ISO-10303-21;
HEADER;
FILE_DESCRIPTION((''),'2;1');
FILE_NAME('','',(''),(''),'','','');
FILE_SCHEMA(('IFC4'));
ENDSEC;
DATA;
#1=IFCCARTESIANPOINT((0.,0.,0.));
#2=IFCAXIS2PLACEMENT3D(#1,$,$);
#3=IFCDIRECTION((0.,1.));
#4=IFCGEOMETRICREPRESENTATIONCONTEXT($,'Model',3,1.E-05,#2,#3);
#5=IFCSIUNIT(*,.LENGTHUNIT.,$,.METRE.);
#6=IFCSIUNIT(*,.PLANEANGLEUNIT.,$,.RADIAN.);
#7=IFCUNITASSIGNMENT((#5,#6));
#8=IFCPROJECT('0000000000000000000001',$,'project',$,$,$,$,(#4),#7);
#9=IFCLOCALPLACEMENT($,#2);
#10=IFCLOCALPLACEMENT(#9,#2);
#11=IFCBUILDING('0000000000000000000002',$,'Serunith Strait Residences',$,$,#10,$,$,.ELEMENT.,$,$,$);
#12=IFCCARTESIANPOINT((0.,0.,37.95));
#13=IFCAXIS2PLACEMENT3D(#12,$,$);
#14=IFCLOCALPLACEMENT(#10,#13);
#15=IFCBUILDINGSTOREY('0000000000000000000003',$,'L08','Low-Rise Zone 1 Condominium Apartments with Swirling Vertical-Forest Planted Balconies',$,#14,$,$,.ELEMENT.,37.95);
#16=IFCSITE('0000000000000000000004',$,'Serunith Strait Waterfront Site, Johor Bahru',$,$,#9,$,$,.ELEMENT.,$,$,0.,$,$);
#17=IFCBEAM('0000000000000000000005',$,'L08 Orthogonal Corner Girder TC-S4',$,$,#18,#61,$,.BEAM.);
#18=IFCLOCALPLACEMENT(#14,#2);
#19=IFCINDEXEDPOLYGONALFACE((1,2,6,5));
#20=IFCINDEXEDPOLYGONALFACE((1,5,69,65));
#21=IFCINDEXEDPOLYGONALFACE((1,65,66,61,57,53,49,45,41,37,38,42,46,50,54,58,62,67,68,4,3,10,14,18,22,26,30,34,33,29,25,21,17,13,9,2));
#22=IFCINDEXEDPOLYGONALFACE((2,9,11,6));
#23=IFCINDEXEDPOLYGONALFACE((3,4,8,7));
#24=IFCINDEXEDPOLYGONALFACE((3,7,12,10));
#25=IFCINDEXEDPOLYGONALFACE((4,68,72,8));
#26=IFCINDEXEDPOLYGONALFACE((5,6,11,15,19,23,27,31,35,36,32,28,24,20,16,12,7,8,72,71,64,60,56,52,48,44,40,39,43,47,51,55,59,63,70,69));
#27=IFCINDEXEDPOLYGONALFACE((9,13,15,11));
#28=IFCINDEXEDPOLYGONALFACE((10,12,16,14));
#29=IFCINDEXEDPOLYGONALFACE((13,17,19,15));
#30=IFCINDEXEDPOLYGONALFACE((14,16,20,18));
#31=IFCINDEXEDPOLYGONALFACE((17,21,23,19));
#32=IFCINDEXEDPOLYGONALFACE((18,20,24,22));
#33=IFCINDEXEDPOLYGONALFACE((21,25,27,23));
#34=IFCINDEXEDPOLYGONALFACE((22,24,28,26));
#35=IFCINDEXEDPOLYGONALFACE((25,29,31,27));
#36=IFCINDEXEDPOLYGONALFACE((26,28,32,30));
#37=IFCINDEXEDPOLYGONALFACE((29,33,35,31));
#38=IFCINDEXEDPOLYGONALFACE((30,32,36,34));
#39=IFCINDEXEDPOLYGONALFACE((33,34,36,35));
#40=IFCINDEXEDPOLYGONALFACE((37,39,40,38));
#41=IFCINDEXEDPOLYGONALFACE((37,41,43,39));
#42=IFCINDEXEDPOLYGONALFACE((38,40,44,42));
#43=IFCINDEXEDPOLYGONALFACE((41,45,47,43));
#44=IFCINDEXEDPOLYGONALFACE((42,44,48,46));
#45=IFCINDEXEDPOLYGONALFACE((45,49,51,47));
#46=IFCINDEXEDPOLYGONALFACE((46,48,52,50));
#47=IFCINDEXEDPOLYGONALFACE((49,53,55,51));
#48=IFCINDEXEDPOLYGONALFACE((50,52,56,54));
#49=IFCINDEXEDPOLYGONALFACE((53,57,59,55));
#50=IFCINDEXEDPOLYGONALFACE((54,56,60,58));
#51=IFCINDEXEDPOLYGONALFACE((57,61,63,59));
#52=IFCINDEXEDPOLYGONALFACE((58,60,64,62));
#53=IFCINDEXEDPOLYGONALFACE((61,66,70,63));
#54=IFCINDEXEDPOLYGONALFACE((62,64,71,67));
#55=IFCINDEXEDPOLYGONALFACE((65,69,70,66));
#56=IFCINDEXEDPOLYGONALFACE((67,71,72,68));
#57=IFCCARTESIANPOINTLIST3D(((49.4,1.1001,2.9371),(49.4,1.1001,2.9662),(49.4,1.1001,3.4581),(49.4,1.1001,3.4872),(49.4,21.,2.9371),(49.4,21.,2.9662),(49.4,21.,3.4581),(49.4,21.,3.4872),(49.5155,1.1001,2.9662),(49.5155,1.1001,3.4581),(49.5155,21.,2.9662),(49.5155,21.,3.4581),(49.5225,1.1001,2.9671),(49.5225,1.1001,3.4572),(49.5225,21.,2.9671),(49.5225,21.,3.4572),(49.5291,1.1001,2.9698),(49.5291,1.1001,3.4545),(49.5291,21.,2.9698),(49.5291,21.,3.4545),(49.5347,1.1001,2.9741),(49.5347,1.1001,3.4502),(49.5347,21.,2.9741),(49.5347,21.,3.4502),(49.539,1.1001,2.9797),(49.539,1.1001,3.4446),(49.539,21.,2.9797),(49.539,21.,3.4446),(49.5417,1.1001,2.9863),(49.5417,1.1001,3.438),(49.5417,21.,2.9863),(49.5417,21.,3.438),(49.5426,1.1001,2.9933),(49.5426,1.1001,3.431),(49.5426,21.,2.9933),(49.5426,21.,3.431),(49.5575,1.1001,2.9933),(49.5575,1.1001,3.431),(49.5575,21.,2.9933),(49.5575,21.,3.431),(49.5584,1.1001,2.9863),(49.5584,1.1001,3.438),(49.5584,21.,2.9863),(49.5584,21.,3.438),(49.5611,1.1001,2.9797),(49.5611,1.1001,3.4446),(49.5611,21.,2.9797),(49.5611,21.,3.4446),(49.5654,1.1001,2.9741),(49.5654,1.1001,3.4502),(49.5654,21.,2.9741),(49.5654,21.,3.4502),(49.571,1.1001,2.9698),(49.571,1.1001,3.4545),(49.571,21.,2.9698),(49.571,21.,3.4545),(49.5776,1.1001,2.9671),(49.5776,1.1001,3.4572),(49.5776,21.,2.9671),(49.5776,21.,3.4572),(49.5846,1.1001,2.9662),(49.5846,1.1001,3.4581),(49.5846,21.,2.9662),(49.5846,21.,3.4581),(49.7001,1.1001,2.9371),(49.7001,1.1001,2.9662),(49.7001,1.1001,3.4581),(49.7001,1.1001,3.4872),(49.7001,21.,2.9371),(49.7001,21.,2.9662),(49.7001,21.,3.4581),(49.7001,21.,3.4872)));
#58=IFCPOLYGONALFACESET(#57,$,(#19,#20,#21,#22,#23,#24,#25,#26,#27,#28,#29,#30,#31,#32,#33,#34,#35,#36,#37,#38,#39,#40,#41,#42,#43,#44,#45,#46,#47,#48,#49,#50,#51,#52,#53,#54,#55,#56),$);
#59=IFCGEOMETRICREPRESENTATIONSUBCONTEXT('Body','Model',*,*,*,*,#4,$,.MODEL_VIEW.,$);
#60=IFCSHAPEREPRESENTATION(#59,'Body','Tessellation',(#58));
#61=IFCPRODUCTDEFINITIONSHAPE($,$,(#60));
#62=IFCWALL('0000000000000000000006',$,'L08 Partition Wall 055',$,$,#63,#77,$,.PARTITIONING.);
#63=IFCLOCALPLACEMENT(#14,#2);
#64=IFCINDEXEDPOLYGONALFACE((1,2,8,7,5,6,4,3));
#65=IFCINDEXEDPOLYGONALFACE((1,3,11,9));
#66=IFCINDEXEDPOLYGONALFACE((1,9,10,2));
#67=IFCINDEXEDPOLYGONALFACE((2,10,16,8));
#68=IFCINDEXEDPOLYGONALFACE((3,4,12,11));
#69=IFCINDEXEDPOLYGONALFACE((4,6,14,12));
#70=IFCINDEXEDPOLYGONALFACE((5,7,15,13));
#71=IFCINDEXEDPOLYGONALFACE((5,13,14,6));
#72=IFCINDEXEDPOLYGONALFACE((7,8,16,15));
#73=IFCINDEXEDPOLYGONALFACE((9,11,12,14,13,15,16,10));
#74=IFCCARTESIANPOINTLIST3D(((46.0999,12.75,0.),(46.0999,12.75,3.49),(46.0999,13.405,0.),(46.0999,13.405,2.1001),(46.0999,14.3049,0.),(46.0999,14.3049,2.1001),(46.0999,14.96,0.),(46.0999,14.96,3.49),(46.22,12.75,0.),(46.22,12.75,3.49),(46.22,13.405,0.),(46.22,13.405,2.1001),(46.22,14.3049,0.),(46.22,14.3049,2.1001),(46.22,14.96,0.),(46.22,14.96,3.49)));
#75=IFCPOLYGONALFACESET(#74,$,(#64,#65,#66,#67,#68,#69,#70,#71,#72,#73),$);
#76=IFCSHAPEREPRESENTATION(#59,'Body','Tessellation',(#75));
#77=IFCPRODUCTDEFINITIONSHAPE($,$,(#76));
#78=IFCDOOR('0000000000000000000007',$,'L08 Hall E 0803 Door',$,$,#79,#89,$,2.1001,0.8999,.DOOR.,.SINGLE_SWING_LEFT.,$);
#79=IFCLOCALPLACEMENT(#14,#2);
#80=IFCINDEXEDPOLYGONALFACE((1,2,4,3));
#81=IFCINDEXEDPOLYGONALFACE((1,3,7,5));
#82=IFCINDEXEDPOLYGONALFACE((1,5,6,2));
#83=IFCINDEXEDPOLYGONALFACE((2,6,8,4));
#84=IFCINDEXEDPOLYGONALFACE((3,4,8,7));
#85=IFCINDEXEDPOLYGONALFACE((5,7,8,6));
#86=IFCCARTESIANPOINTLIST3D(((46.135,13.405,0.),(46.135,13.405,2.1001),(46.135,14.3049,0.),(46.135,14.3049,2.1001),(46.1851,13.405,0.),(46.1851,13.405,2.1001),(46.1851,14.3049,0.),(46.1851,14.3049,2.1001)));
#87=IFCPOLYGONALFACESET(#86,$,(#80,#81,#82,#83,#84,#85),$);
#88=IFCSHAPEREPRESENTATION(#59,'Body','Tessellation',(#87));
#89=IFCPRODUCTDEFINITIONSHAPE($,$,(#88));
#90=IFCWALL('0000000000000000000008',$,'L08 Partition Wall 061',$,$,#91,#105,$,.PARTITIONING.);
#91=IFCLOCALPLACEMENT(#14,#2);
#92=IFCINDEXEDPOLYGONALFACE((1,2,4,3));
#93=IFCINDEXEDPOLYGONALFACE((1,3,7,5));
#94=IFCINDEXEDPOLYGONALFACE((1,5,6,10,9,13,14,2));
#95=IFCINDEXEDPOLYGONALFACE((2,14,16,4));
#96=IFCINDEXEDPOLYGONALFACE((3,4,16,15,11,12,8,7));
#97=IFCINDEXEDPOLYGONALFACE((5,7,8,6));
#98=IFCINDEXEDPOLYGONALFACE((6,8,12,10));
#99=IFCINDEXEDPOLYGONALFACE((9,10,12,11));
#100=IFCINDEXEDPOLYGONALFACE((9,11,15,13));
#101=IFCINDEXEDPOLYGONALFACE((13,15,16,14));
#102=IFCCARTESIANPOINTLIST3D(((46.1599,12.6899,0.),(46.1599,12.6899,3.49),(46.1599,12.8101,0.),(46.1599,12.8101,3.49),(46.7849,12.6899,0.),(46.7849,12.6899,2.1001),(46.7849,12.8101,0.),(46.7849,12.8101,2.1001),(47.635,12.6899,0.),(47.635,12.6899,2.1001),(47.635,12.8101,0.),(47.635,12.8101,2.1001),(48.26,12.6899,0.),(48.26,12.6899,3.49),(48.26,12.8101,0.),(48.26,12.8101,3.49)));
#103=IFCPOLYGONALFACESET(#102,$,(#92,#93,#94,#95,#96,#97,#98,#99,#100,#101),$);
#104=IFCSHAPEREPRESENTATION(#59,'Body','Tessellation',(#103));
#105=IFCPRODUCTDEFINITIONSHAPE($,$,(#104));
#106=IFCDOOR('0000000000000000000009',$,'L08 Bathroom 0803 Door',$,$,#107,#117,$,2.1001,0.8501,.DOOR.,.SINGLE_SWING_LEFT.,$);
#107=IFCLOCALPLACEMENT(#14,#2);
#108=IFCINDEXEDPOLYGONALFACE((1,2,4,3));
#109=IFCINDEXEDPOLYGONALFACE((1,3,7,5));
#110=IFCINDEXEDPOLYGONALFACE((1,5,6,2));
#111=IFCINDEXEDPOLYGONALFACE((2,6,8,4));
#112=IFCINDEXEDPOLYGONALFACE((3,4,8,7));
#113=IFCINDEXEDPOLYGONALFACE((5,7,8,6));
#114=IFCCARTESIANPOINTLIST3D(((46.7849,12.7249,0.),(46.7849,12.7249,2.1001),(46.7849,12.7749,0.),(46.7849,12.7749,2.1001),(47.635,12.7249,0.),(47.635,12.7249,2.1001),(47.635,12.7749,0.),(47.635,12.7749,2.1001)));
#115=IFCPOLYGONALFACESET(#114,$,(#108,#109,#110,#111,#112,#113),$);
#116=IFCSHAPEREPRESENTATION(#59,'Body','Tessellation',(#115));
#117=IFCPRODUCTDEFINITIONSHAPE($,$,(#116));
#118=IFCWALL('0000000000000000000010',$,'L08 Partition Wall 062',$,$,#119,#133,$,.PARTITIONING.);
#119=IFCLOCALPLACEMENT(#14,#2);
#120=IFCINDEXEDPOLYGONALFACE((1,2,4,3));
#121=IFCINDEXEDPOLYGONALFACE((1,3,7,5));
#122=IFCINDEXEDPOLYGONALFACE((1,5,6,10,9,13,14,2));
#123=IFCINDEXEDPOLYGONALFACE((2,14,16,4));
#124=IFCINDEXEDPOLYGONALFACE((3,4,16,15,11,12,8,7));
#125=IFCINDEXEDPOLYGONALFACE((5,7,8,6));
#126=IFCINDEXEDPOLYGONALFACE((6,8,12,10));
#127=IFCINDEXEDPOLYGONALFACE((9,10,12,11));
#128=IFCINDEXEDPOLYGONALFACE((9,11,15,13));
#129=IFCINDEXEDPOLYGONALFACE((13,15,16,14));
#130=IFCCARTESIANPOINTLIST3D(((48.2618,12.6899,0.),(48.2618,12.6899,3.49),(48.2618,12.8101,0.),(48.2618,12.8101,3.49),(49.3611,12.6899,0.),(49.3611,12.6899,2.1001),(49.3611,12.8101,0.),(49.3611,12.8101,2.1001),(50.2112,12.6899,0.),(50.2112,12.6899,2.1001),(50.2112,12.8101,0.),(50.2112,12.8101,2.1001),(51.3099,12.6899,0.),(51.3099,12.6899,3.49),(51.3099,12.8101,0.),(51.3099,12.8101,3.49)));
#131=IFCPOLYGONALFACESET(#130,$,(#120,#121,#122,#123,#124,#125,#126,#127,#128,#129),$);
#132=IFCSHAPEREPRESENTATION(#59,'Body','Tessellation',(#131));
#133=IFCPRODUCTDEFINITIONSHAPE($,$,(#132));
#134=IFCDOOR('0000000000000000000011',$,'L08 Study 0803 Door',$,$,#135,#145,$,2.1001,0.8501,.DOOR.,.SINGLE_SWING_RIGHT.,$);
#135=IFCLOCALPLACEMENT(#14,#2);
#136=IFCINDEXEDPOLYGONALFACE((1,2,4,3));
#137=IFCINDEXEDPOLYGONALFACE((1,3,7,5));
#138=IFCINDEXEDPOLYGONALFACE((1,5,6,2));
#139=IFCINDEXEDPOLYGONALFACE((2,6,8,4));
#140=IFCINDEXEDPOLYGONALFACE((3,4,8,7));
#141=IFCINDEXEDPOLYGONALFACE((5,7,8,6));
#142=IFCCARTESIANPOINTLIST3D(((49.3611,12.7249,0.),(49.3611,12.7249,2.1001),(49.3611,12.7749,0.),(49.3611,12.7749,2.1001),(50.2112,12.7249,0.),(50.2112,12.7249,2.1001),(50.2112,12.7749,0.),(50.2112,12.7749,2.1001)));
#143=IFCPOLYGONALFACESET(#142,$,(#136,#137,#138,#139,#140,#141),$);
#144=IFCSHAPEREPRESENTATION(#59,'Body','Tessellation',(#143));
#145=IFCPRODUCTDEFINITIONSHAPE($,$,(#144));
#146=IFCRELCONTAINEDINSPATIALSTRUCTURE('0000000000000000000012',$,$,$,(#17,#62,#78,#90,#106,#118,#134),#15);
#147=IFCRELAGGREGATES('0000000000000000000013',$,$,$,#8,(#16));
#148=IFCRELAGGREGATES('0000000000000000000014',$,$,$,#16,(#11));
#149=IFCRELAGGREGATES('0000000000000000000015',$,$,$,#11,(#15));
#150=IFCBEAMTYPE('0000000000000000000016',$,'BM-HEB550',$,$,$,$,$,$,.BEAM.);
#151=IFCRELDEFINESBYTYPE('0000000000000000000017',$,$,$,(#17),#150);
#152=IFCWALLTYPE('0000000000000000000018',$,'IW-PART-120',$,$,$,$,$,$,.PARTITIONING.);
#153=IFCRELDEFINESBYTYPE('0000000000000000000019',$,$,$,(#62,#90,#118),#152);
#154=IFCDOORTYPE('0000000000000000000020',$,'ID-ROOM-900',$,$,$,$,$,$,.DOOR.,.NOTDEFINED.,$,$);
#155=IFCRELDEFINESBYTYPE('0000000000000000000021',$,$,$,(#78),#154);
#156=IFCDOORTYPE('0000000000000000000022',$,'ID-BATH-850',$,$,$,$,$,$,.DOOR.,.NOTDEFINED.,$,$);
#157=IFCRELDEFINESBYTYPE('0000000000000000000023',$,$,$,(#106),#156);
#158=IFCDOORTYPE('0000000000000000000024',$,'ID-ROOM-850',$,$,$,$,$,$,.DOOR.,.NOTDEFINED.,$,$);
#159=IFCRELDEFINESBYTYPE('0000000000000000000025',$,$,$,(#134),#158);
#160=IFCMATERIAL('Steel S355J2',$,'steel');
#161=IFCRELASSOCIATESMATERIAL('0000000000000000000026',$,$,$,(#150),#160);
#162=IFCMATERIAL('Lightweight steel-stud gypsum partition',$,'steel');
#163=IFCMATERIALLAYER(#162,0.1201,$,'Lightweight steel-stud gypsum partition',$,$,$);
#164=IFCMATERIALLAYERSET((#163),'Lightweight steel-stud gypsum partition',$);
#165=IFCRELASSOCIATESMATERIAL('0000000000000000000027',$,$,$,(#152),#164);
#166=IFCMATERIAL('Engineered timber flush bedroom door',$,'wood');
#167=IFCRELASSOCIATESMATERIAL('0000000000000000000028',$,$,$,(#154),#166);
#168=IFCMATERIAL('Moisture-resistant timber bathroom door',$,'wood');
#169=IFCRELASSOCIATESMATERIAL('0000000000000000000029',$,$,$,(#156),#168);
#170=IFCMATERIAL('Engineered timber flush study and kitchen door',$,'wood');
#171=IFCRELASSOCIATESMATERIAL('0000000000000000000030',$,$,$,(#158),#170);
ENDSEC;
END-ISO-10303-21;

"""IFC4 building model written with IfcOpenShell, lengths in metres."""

from ifc_helpers import new_model, si_unit, direction, frame, frame_2d, origin, origin_2d, place, context, subcontext, project, spatial, rectangle, i_section, extrude, source, transform, mapped, material, layer, layer_set, material_profile, profile_set, type_object, element, fill, save


model = new_model("IFC4")

# Units and contexts
model_context = context("Model", 3, precision=1e-05, world=origin(), true_north=direction((0.0, 1.0)))
body_context = subcontext(model_context, "Body", "Model", "MODEL_VIEW")
ifc_project = project(units=[si_unit("LENGTHUNIT", "METRE"), si_unit("PLANEANGLEUNIT", "RADIAN")], contexts=[model_context])

# Site, building, storey
site_placement = place(None, origin())
site = spatial("IfcSite", under=ifc_project, at=site_placement, Name="Serunith Strait Waterfront Site, Johor Bahru", CompositionType="ELEMENT", RefElevation=0.0)
building_placement = place(site_placement, origin())
building = spatial("IfcBuilding", under=site, at=building_placement, Name="Serunith Strait Residences", CompositionType="ELEMENT")
storey_placement = place(building_placement, frame((0.0, 0.0, 37.95)))
storey = spatial("IfcBuildingStorey", under=building, at=storey_placement, Name="L08", Description="Low-Rise Zone 1 Condominium Apartments with Swirling Vertical-Forest Planted Balconies", CompositionType="ELEMENT", Elevation=37.95)

# Beam
ifc_material_1 = material(Name="Steel S355J2", Category="steel")
ifc_material_profile = material_profile(ifc_material_1, i_section(OverallWidth=0.3, OverallDepth=0.55, WebThickness=0.0149, FlangeThickness=0.0291, FilletRadius=0.0271, at=origin_2d()), Name="HEB 550")
ifc_profile_set = profile_set([ifc_material_profile], Name="Steel S355J2")
beam_type = type_object("IfcBeamType", Name="BM-HEB550", PredefinedType="BEAM", material=ifc_profile_set)
shared_shape_1 = source(origin(), body_context, "Body", "SweptSolid", [
    extrude(i_section(OverallWidth=0.3, OverallDepth=0.55, WebThickness=0.0149, FlangeThickness=0.0291, FilletRadius=0.0271, at=origin_2d()), origin(), (0.0, 0.0, 1.0), 19.8999),
])
beam_placement = place(storey_placement, frame((49.55, 21.0, 3.2122), z_axis=(0.0, -1.0, 0.0), x_axis=(1.0, 0.0, 0.0)))
element("IfcBeam", 1, at=beam_placement, inside=storey, type_object=beam_type, Name="L08 Orthogonal Corner Girder TC-S4", PredefinedType="BEAM", context=body_context, shape_type="MappedRepresentation", body=[
    mapped(shared_shape_1, transform((0.0, 0.0, 0.0), scale=1.0)),
])

# Walls, openings, doors
ifc_material_2 = material(Name="Lightweight steel-stud gypsum partition", Category="steel")
ifc_layer = layer(ifc_material_2, 0.1201, Name="Lightweight steel-stud gypsum partition")
ifc_layer_set = layer_set([ifc_layer], Name="Lightweight steel-stud gypsum partition")
wall_type = type_object("IfcWallType", Name="IW-PART-120", PredefinedType="PARTITIONING", material=ifc_layer_set)
wall_1_placement = place(storey_placement, frame((46.1599, 12.75, 0.0), z_axis=(0.0, 0.0, 1.0), x_axis=(0.0, 1.0, 0.0)))
wall_1 = element("IfcWall", 2, at=wall_1_placement, inside=storey, type_object=wall_type, Name="L08 Partition Wall 055", PredefinedType="PARTITIONING", context=body_context, shape_type="SweptSolid", body=[
    extrude(rectangle(XDim=2.21, YDim=0.1201, at=frame_2d((1.105, 0.0))), origin(), (0.0, 0.0, 1.0), 3.49),
])
opening_1_placement = place(wall_1_placement, frame((0.655, 0.0, 0.0)))
opening_1 = element("IfcOpeningElement", 3, at=opening_1_placement, cuts=wall_1, PredefinedType="OPENING", context=body_context, shape_type="SweptSolid", body=[
    extrude(rectangle(XDim=0.8999, YDim=2.1001, at=frame_2d((0.45, 1.05))), frame((0.0, 0.0701, 0.0), z_axis=(0.0, -1.0, 0.0), x_axis=(1.0, 0.0, 0.0)), (0.0, 0.0, 1.0), 0.1401),
])
ifc_material_3 = material(Name="Engineered timber flush bedroom door", Category="wood")
door_type_1 = type_object("IfcDoorType", Name="ID-ROOM-900", OperationType="NOTDEFINED", PredefinedType="DOOR", material=ifc_material_3)
shared_shape_2 = source(origin(), body_context, "Body", "SweptSolid", [
    extrude(rectangle(XDim=0.8999, YDim=2.1001, at=frame_2d((0.45, 1.05))), frame((0.0, 0.0249, 0.0), z_axis=(0.0, -1.0, 0.0), x_axis=(1.0, 0.0, 0.0)), (0.0, 0.0, 1.0), 0.05),
])
door_1_placement = place(opening_1_placement, origin())
door_1 = element("IfcDoor", 4, at=door_1_placement, inside=storey, type_object=door_type_1, Name="L08 Hall E 0803 Door", OperationType="SINGLE_SWING_LEFT", OverallHeight=2.1001, OverallWidth=0.8999, PredefinedType="DOOR", context=body_context, shape_type="MappedRepresentation", body=[
    mapped(shared_shape_2, transform((0.0, 0.0, 0.0), scale=1.0)),
])
fill(opening_1, door_1)
wall_2_placement = place(storey_placement, frame((46.1599, 12.75, 0.0), z_axis=(0.0, 0.0, 1.0), x_axis=(1.0, 0.0, 0.0)))
wall_2 = element("IfcWall", 5, at=wall_2_placement, inside=storey, type_object=wall_type, Name="L08 Partition Wall 061", PredefinedType="PARTITIONING", context=body_context, shape_type="SweptSolid", body=[
    extrude(rectangle(XDim=2.1001, YDim=0.1201, at=frame_2d((1.05, 0.0))), origin(), (0.0, 0.0, 1.0), 3.49),
])
opening_2_placement = place(wall_2_placement, frame((0.625, 0.0, 0.0)))
opening_2 = element("IfcOpeningElement", 6, at=opening_2_placement, cuts=wall_2, PredefinedType="OPENING", context=body_context, shape_type="SweptSolid", body=[
    extrude(rectangle(XDim=0.8501, YDim=2.1001, at=frame_2d((0.425, 1.05))), frame((0.0, 0.0701, 0.0), z_axis=(0.0, -1.0, 0.0), x_axis=(1.0, 0.0, 0.0)), (0.0, 0.0, 1.0), 0.1401),
])
ifc_material_4 = material(Name="Moisture-resistant timber bathroom door", Category="wood")
door_type_2 = type_object("IfcDoorType", Name="ID-BATH-850", OperationType="NOTDEFINED", PredefinedType="DOOR", material=ifc_material_4)
shared_shape_3 = source(origin(), body_context, "Body", "SweptSolid", [
    extrude(rectangle(XDim=0.8501, YDim=2.1001, at=frame_2d((0.425, 1.05))), frame((0.0, 0.0249, 0.0), z_axis=(0.0, -1.0, 0.0), x_axis=(1.0, 0.0, 0.0)), (0.0, 0.0, 1.0), 0.05),
])
door_2_placement = place(opening_2_placement, origin())
door_2 = element("IfcDoor", 7, at=door_2_placement, inside=storey, type_object=door_type_2, Name="L08 Bathroom 0803 Door", OperationType="SINGLE_SWING_LEFT", OverallHeight=2.1001, OverallWidth=0.8501, PredefinedType="DOOR", context=body_context, shape_type="MappedRepresentation", body=[
    mapped(shared_shape_3, transform((0.0, 0.0, 0.0), scale=1.0)),
])
fill(opening_2, door_2)
wall_3_placement = place(storey_placement, frame((48.262, 12.75, 0.0), z_axis=(0.0, 0.0, 1.0), x_axis=(1.0, 0.0, 0.0)))
wall_3 = element("IfcWall", 8, at=wall_3_placement, inside=storey, type_object=wall_type, Name="L08 Partition Wall 062", PredefinedType="PARTITIONING", context=body_context, shape_type="SweptSolid", body=[
    extrude(rectangle(XDim=3.0481, YDim=0.1201, at=frame_2d((1.5239, 0.0))), origin(), (0.0, 0.0, 1.0), 3.49),
])
opening_3_placement = place(wall_3_placement, frame((1.0991, 0.0, 0.0)))
opening_3 = element("IfcOpeningElement", 9, at=opening_3_placement, cuts=wall_3, PredefinedType="OPENING", context=body_context, shape_type="SweptSolid", body=[
    extrude(rectangle(XDim=0.8501, YDim=2.1001, at=frame_2d((0.425, 1.05))), frame((0.0, 0.0701, 0.0), z_axis=(0.0, -1.0, 0.0), x_axis=(1.0, 0.0, 0.0)), (0.0, 0.0, 1.0), 0.1401),
])
ifc_material_5 = material(Name="Engineered timber flush study and kitchen door", Category="wood")
door_type_3 = type_object("IfcDoorType", Name="ID-ROOM-850", OperationType="NOTDEFINED", PredefinedType="DOOR", material=ifc_material_5)
door_3_placement = place(opening_3_placement, origin())
door_3 = element("IfcDoor", 10, at=door_3_placement, inside=storey, type_object=door_type_3, Name="L08 Study 0803 Door", OperationType="SINGLE_SWING_RIGHT", OverallHeight=2.1001, OverallWidth=0.8501, PredefinedType="DOOR", context=body_context, shape_type="MappedRepresentation", body=[
    mapped(shared_shape_3, transform((0.0, 0.0, 0.0), scale=1.0)),
])
fill(opening_3, door_3)

save(model, "model.ifc")
